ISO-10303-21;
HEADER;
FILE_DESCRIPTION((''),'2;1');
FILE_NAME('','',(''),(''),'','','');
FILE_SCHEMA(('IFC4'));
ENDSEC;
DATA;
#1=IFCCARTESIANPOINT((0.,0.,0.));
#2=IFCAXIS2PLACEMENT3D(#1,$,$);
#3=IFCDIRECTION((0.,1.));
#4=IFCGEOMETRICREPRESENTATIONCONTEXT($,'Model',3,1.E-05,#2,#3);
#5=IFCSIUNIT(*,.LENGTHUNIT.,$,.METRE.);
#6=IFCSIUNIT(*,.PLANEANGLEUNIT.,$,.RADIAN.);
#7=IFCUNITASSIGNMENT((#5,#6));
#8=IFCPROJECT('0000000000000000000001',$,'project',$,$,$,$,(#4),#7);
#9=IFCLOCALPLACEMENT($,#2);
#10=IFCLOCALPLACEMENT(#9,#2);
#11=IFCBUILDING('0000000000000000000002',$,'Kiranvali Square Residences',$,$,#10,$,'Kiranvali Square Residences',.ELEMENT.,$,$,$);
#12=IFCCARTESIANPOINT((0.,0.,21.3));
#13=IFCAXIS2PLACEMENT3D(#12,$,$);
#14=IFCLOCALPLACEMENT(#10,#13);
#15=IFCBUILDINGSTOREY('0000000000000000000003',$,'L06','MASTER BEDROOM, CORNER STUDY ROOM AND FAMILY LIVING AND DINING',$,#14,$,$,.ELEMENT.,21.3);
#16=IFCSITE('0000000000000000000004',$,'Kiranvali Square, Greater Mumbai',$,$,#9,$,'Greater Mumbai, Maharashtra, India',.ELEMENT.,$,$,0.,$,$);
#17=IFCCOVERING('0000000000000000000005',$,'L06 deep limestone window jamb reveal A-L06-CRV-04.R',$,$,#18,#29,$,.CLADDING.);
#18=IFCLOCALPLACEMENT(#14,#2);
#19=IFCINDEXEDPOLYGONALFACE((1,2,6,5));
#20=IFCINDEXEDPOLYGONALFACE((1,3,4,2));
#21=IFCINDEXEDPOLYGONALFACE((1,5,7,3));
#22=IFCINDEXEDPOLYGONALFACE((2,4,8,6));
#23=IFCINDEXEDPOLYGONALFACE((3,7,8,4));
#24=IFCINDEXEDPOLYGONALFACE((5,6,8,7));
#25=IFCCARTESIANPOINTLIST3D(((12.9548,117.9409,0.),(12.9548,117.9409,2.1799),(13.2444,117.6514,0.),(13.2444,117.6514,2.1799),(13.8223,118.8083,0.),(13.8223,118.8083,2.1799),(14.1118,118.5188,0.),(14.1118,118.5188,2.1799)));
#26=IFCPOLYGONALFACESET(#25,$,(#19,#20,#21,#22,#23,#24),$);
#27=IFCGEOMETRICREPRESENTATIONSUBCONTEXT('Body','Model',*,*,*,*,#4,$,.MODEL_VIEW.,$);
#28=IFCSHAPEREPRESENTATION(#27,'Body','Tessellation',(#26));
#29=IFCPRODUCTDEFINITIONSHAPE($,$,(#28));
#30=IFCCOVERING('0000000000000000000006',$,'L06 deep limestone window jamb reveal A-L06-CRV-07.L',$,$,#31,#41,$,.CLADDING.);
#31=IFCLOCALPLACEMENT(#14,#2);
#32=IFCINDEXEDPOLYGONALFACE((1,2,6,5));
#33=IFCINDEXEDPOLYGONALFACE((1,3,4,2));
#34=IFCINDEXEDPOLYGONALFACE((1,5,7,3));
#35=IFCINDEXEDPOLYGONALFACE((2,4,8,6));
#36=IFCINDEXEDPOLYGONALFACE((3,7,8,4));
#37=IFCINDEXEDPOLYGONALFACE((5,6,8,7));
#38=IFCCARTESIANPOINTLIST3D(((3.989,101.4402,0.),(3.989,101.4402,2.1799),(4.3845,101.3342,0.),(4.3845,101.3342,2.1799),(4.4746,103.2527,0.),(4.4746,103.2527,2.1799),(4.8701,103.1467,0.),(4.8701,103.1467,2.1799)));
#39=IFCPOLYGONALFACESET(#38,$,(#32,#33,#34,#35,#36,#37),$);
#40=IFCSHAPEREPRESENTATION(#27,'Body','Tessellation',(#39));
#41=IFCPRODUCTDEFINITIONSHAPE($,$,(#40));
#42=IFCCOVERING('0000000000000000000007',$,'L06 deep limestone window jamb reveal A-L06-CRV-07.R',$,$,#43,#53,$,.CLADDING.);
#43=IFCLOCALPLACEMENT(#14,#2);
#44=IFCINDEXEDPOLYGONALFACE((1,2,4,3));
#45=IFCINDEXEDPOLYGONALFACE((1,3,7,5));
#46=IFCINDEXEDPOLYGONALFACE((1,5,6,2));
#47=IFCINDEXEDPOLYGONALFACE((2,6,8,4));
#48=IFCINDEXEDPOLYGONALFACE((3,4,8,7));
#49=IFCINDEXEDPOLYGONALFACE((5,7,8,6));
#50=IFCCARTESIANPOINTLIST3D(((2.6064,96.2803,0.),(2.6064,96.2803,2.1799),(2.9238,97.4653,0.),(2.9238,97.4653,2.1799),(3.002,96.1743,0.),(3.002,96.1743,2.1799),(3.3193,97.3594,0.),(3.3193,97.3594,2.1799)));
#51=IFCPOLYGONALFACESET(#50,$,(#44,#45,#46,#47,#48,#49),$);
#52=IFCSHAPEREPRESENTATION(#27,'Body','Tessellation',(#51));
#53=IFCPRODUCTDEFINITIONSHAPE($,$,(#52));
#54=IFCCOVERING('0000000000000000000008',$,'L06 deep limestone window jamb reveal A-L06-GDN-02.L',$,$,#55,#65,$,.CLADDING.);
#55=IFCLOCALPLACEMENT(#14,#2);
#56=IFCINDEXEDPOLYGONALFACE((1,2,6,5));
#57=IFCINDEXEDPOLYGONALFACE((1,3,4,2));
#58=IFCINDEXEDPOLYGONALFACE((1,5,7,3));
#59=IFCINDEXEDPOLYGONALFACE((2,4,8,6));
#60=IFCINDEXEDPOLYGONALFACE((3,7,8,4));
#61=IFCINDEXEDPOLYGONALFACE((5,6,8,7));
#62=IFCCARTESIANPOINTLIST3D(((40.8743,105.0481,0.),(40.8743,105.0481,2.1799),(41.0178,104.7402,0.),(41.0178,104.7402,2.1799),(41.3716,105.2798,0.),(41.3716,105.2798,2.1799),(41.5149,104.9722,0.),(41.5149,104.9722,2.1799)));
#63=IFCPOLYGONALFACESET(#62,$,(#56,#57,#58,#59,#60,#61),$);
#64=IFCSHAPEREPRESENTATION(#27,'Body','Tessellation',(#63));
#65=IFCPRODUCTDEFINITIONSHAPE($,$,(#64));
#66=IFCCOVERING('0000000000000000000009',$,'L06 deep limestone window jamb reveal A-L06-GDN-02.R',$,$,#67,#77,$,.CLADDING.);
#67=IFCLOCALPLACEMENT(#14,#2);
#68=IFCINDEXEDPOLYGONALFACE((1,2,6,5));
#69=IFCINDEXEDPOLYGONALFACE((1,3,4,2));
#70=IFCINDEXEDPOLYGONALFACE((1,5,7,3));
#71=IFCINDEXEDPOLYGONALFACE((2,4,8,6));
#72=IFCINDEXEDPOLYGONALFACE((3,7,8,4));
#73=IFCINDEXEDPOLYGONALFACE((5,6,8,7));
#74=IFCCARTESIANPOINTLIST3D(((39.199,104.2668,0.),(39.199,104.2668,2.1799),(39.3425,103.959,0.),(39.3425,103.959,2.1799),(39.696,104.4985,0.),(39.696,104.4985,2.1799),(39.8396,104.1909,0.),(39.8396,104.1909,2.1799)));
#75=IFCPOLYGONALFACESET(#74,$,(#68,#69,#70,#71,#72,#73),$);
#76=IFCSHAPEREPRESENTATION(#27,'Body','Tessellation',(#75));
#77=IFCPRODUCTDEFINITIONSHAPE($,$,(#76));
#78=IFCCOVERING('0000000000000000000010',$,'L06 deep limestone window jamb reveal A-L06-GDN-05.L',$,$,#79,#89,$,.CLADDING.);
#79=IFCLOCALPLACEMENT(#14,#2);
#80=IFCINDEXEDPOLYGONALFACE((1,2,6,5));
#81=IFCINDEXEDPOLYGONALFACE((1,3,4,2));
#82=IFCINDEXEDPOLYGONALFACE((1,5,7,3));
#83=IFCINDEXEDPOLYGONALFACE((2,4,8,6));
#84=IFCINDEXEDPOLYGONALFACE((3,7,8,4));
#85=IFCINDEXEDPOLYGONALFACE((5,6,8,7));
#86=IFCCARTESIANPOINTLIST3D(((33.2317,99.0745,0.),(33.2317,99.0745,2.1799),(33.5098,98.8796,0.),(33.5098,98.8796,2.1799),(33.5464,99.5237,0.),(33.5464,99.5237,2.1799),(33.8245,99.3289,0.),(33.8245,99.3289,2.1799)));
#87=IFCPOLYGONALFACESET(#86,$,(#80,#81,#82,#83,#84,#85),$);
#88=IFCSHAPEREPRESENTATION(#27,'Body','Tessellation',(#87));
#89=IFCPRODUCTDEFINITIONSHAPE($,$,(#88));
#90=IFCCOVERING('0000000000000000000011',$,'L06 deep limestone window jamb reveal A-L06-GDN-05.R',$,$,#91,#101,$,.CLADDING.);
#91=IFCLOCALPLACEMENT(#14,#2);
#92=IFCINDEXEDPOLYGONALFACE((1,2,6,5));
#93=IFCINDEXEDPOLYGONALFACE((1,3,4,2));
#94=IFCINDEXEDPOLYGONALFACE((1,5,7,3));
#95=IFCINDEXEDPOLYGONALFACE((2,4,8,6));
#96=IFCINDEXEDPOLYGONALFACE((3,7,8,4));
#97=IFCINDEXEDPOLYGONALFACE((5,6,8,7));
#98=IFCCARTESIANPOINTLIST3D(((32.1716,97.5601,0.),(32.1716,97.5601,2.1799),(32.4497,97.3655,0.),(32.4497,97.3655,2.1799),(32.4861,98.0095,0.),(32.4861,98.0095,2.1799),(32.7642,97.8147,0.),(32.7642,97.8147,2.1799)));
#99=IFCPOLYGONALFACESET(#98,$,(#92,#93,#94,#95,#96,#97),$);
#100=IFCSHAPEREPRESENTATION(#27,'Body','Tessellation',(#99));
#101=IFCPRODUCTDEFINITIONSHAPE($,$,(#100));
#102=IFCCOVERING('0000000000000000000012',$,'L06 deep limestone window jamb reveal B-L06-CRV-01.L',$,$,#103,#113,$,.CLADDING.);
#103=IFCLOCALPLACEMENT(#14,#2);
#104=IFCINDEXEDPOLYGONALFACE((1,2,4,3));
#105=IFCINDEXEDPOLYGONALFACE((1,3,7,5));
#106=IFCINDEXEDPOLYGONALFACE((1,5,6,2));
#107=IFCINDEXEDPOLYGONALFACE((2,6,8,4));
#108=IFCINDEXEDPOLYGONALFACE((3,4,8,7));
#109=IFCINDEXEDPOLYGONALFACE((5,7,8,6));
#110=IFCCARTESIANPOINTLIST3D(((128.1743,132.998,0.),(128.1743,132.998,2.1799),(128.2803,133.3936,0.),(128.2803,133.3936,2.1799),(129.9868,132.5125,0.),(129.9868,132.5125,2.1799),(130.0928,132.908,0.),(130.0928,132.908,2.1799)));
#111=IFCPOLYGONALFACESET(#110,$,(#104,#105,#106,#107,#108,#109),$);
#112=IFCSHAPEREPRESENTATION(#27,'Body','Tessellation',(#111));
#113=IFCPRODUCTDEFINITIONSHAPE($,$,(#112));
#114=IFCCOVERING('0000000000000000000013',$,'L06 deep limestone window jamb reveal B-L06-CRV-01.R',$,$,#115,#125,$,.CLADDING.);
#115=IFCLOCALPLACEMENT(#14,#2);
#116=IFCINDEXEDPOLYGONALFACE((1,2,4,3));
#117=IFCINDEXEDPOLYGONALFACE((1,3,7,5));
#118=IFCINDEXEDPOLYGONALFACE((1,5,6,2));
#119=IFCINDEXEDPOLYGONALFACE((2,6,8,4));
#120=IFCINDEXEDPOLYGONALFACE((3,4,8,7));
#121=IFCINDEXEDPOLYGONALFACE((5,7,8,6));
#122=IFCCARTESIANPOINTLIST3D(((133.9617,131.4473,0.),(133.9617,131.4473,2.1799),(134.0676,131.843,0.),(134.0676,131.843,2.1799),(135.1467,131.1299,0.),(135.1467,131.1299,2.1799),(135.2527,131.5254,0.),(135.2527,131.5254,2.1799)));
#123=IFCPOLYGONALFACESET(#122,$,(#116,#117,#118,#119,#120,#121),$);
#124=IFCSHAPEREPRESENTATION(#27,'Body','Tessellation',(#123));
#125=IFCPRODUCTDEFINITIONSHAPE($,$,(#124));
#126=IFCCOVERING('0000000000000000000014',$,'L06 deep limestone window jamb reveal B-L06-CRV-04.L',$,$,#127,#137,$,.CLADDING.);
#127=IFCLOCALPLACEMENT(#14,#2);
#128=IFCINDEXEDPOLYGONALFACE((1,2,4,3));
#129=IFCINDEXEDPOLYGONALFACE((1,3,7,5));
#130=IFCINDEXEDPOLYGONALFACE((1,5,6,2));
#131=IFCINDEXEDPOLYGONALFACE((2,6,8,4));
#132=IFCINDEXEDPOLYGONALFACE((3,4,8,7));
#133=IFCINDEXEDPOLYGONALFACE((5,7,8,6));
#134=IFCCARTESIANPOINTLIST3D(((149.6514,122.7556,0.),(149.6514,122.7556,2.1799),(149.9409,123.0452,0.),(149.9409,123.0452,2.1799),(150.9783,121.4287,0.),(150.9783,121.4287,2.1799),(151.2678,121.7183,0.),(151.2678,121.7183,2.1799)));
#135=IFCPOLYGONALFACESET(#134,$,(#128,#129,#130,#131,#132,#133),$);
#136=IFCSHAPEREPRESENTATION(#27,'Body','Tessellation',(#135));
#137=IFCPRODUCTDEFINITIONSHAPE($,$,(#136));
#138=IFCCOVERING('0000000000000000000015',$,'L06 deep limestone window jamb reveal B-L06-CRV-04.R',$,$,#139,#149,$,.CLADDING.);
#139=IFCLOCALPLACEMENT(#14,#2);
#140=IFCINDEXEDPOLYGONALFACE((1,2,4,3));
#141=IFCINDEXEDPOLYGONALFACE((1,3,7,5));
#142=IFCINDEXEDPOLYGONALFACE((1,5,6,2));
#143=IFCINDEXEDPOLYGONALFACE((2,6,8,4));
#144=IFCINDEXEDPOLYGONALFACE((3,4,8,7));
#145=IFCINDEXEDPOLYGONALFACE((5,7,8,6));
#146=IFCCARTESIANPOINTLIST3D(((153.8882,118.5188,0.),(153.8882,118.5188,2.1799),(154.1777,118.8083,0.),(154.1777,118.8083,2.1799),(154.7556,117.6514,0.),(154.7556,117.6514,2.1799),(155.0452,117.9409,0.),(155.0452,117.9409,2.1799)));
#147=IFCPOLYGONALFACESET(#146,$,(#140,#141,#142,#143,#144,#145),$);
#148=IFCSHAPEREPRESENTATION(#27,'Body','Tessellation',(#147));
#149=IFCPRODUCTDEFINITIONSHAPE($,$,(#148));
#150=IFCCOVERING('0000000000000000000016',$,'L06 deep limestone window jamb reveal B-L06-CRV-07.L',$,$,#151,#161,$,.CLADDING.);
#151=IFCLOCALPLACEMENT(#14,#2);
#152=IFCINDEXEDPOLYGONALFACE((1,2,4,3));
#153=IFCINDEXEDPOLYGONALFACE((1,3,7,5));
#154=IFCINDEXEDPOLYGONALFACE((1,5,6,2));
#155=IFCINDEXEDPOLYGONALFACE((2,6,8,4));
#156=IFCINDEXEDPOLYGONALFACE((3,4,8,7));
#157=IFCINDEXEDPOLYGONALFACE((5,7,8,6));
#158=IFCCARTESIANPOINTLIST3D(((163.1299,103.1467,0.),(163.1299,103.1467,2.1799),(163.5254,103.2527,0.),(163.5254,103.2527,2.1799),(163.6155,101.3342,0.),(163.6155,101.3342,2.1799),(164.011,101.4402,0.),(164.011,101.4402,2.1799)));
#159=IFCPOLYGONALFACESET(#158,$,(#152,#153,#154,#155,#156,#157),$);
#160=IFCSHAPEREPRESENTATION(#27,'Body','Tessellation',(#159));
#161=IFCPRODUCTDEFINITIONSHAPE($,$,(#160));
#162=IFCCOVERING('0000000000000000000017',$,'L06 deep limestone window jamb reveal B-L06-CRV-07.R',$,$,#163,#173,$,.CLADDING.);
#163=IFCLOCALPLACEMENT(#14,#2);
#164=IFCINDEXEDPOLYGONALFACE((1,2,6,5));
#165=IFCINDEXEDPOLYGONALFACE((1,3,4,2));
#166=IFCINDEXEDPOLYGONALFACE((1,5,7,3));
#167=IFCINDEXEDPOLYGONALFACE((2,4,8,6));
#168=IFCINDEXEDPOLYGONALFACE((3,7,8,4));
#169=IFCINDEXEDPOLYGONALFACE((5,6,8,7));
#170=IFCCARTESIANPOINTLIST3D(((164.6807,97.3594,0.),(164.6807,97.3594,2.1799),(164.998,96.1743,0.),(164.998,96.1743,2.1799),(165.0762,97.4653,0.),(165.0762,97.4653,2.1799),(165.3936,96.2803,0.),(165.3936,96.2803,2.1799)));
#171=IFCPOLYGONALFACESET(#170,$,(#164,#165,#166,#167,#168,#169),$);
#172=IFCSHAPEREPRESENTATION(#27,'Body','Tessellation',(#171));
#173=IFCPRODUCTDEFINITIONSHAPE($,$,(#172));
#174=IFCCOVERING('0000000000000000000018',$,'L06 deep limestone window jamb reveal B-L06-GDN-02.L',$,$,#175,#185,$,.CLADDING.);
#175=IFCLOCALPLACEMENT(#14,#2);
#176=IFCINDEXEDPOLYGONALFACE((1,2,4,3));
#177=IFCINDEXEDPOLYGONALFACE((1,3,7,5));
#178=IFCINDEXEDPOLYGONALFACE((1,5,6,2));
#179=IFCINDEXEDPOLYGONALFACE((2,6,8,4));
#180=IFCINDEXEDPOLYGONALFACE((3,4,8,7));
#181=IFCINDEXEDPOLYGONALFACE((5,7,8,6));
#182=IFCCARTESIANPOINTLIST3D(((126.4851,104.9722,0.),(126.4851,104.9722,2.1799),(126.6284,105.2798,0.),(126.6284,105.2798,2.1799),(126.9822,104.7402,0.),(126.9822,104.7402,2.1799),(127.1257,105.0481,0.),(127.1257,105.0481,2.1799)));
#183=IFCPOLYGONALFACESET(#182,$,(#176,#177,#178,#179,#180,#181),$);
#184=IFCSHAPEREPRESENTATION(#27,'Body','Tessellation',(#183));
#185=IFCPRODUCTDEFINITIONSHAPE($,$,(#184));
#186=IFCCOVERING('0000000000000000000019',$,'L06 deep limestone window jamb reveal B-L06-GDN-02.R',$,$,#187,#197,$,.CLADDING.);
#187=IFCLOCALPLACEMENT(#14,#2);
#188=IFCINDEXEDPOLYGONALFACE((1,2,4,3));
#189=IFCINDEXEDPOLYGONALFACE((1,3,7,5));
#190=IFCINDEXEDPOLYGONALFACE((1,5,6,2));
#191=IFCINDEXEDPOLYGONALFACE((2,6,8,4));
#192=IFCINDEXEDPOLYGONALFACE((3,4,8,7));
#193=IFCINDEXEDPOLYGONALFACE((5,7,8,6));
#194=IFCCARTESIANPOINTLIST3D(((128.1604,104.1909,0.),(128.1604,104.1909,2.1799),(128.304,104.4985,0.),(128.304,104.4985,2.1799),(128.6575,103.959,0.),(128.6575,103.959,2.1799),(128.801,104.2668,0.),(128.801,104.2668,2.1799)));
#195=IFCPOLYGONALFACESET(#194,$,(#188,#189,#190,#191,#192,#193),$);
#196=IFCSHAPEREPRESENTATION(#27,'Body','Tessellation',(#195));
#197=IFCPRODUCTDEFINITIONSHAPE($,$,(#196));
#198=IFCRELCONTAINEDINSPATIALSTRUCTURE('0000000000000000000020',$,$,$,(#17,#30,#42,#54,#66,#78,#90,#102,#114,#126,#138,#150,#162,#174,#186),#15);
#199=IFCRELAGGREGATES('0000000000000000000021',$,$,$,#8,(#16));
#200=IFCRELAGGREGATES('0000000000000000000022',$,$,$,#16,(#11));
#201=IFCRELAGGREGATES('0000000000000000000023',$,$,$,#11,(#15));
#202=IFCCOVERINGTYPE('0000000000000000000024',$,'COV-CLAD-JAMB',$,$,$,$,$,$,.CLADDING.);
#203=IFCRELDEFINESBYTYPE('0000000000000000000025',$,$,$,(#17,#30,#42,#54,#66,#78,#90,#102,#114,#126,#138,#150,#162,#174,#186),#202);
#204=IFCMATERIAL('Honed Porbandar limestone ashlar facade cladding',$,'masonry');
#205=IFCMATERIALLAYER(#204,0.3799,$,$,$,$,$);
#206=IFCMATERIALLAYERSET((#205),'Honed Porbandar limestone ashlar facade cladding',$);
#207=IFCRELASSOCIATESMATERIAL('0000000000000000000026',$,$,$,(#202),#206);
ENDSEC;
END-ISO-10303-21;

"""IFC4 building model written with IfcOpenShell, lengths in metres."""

from ifc_helpers import new_model, si_unit, direction, frame, origin, place, context, subcontext, project, spatial, polyline, outline, extrude, material, layer, layer_set, type_object, element, save


model = new_model("IFC4")

# Units and contexts
model_context = context("Model", 3, precision=1e-05, world=origin(), true_north=direction((0.0, 1.0)))
body_context = subcontext(model_context, "Body", "Model", "MODEL_VIEW")
ifc_project = project(units=[si_unit("LENGTHUNIT", "METRE"), si_unit("PLANEANGLEUNIT", "RADIAN")], contexts=[model_context])

# Site, building, storey
site_placement = place(None, origin())
site = spatial("IfcSite", under=ifc_project, at=site_placement, Name="Kiranvali Square, Greater Mumbai", LongName="Greater Mumbai, Maharashtra, India", CompositionType="ELEMENT", RefElevation=0.0)
building_placement = place(site_placement, origin())
building = spatial("IfcBuilding", under=site, at=building_placement, Name="Kiranvali Square Residences", LongName="Kiranvali Square Residences", CompositionType="ELEMENT")
storey_placement = place(building_placement, frame((0.0, 0.0, 21.3)))
storey = spatial("IfcBuildingStorey", under=building, at=storey_placement, Name="L06", Description="MASTER BEDROOM, CORNER STUDY ROOM AND FAMILY LIVING AND DINING", CompositionType="ELEMENT", Elevation=21.3)

# Coverings
ifc_material_1 = material(Name="Honed Porbandar limestone ashlar facade cladding", Category="masonry")
ifc_layer_1 = layer(ifc_material_1, 0.3799)
ifc_layer_set_1 = layer_set([ifc_layer_1], Name="Honed Porbandar limestone ashlar facade cladding")
covering_type_1 = type_object("IfcCoveringType", Name="COV-CLAD-JAMB", PredefinedType="CLADDING", material=ifc_layer_set_1)
covering_1_placement = place(storey_placement, origin())
element("IfcCovering", 1, at=covering_1_placement, inside=storey, type_object=covering_type_1, Name="L06 deep limestone window jamb reveal A-L06-CRV-04.R", PredefinedType="CLADDING", context=body_context, shape_type="SweptSolid", body=[
    extrude(outline(polyline([(13.8223, 118.8083), (12.9548, 117.9409), (13.2444, 117.6514), (14.1118, 118.5188), (13.8223, 118.8083)])), origin(), (0.0, 0.0, 1.0), 2.1799),
])
covering_2_placement = place(storey_placement, origin())
element("IfcCovering", 2, at=covering_2_placement, inside=storey, type_object=covering_type_1, Name="L06 deep limestone window jamb reveal A-L06-CRV-07.L", PredefinedType="CLADDING", context=body_context, shape_type="SweptSolid", body=[
    extrude(outline(polyline([(4.4746, 103.2527), (3.989, 101.4402), (4.3845, 101.3342), (4.8701, 103.1467), (4.4746, 103.2527)])), origin(), (0.0, 0.0, 1.0), 2.1799),
])
covering_3_placement = place(storey_placement, origin())
element("IfcCovering", 3, at=covering_3_placement, inside=storey, type_object=covering_type_1, Name="L06 deep limestone window jamb reveal A-L06-CRV-07.R", PredefinedType="CLADDING", context=body_context, shape_type="SweptSolid", body=[
    extrude(outline(polyline([(2.9238, 97.4653), (2.6064, 96.2803), (3.002, 96.1743), (3.3193, 97.3594), (2.9238, 97.4653)])), origin(), (0.0, 0.0, 1.0), 2.1799),
])
covering_4_placement = place(storey_placement, origin())
element("IfcCovering", 4, at=covering_4_placement, inside=storey, type_object=covering_type_1, Name="L06 deep limestone window jamb reveal A-L06-GDN-02.L", PredefinedType="CLADDING", context=body_context, shape_type="SweptSolid", body=[
    extrude(outline(polyline([(41.3716, 105.2798), (40.8743, 105.0481), (41.0178, 104.7402), (41.5149, 104.9722), (41.3716, 105.2798)])), origin(), (0.0, 0.0, 1.0), 2.1799),
])
covering_5_placement = place(storey_placement, origin())
element("IfcCovering", 5, at=covering_5_placement, inside=storey, type_object=covering_type_1, Name="L06 deep limestone window jamb reveal A-L06-GDN-02.R", PredefinedType="CLADDING", context=body_context, shape_type="SweptSolid", body=[
    extrude(outline(polyline([(39.696, 104.4985), (39.199, 104.2668), (39.3425, 103.959), (39.8396, 104.1909), (39.696, 104.4985)])), origin(), (0.0, 0.0, 1.0), 2.1799),
])
covering_6_placement = place(storey_placement, origin())
element("IfcCovering", 6, at=covering_6_placement, inside=storey, type_object=covering_type_1, Name="L06 deep limestone window jamb reveal A-L06-GDN-05.L", PredefinedType="CLADDING", context=body_context, shape_type="SweptSolid", body=[
    extrude(outline(polyline([(33.5464, 99.5237), (33.2317, 99.0745), (33.5098, 98.8796), (33.8245, 99.3289), (33.5464, 99.5237)])), origin(), (0.0, 0.0, 1.0), 2.1799),
])
covering_7_placement = place(storey_placement, origin())
element("IfcCovering", 7, at=covering_7_placement, inside=storey, type_object=covering_type_1, Name="L06 deep limestone window jamb reveal A-L06-GDN-05.R", PredefinedType="CLADDING", context=body_context, shape_type="SweptSolid", body=[
    extrude(outline(polyline([(32.4861, 98.0095), (32.1716, 97.5601), (32.4497, 97.3655), (32.7642, 97.8147), (32.4861, 98.0095)])), origin(), (0.0, 0.0, 1.0), 2.1799),
])
covering_8_placement = place(storey_placement, origin())
element("IfcCovering", 8, at=covering_8_placement, inside=storey, type_object=covering_type_1, Name="L06 deep limestone window jamb reveal B-L06-CRV-01.L", PredefinedType="CLADDING", context=body_context, shape_type="SweptSolid", body=[
    extrude(outline(polyline([(128.1743, 132.998), (129.9868, 132.5125), (130.0928, 132.908), (128.2803, 133.3936), (128.1743, 132.998)])), origin(), (0.0, 0.0, 1.0), 2.1799),
])
covering_9_placement = place(storey_placement, origin())
element("IfcCovering", 9, at=covering_9_placement, inside=storey, type_object=covering_type_1, Name="L06 deep limestone window jamb reveal B-L06-CRV-01.R", PredefinedType="CLADDING", context=body_context, shape_type="SweptSolid", body=[
    extrude(outline(polyline([(133.9617, 131.4473), (135.1467, 131.1299), (135.2527, 131.5254), (134.0676, 131.843), (133.9617, 131.4473)])), origin(), (0.0, 0.0, 1.0), 2.1799),
])
covering_10_placement = place(storey_placement, origin())
element("IfcCovering", 10, at=covering_10_placement, inside=storey, type_object=covering_type_1, Name="L06 deep limestone window jamb reveal B-L06-CRV-04.L", PredefinedType="CLADDING", context=body_context, shape_type="SweptSolid", body=[
    extrude(outline(polyline([(149.6514, 122.7556), (150.9783, 121.4287), (151.2678, 121.7183), (149.9409, 123.0452), (149.6514, 122.7556)])), origin(), (0.0, 0.0, 1.0), 2.1799),
])
covering_11_placement = place(storey_placement, origin())
element("IfcCovering", 11, at=covering_11_placement, inside=storey, type_object=covering_type_1, Name="L06 deep limestone window jamb reveal B-L06-CRV-04.R", PredefinedType="CLADDING", context=body_context, shape_type="SweptSolid", body=[
    extrude(outline(polyline([(153.8882, 118.5188), (154.7556, 117.6514), (155.0452, 117.9409), (154.1777, 118.8083), (153.8882, 118.5188)])), origin(), (0.0, 0.0, 1.0), 2.1799),
])
covering_12_placement = place(storey_placement, origin())
element("IfcCovering", 12, at=covering_12_placement, inside=storey, type_object=covering_type_1, Name="L06 deep limestone window jamb reveal B-L06-CRV-07.L", PredefinedType="CLADDING", context=body_context, shape_type="SweptSolid", body=[
    extrude(outline(polyline([(163.1299, 103.1467), (163.6155, 101.3342), (164.011, 101.4402), (163.5254, 103.2527), (163.1299, 103.1467)])), origin(), (0.0, 0.0, 1.0), 2.1799),
])
covering_13_placement = place(storey_placement, origin())
element("IfcCovering", 13, at=covering_13_placement, inside=storey, type_object=covering_type_1, Name="L06 deep limestone window jamb reveal B-L06-CRV-07.R", PredefinedType="CLADDING", context=body_context, shape_type="SweptSolid", body=[
    extrude(outline(polyline([(164.6807, 97.3594), (164.998, 96.1743), (165.3936, 96.2803), (165.0762, 97.4653), (164.6807, 97.3594)])), origin(), (0.0, 0.0, 1.0), 2.1799),
])
covering_14_placement = place(storey_placement, origin())
element("IfcCovering", 14, at=covering_14_placement, inside=storey, type_object=covering_type_1, Name="L06 deep limestone window jamb reveal B-L06-GDN-02.L", PredefinedType="CLADDING", context=body_context, shape_type="SweptSolid", body=[
    extrude(outline(polyline([(126.4851, 104.9722), (126.9822, 104.7402), (127.1257, 105.0481), (126.6284, 105.2798), (126.4851, 104.9722)])), origin(), (0.0, 0.0, 1.0), 2.1799),
])
covering_15_placement = place(storey_placement, origin())
element("IfcCovering", 15, at=covering_15_placement, inside=storey, type_object=covering_type_1, Name="L06 deep limestone window jamb reveal B-L06-GDN-02.R", PredefinedType="CLADDING", context=body_context, shape_type="SweptSolid", body=[
    extrude(outline(polyline([(128.1604, 104.1909), (128.6575, 103.959), (128.801, 104.2668), (128.304, 104.4985), (128.1604, 104.1909)])), origin(), (0.0, 0.0, 1.0), 2.1799),
])

save(model, "model.ifc")
